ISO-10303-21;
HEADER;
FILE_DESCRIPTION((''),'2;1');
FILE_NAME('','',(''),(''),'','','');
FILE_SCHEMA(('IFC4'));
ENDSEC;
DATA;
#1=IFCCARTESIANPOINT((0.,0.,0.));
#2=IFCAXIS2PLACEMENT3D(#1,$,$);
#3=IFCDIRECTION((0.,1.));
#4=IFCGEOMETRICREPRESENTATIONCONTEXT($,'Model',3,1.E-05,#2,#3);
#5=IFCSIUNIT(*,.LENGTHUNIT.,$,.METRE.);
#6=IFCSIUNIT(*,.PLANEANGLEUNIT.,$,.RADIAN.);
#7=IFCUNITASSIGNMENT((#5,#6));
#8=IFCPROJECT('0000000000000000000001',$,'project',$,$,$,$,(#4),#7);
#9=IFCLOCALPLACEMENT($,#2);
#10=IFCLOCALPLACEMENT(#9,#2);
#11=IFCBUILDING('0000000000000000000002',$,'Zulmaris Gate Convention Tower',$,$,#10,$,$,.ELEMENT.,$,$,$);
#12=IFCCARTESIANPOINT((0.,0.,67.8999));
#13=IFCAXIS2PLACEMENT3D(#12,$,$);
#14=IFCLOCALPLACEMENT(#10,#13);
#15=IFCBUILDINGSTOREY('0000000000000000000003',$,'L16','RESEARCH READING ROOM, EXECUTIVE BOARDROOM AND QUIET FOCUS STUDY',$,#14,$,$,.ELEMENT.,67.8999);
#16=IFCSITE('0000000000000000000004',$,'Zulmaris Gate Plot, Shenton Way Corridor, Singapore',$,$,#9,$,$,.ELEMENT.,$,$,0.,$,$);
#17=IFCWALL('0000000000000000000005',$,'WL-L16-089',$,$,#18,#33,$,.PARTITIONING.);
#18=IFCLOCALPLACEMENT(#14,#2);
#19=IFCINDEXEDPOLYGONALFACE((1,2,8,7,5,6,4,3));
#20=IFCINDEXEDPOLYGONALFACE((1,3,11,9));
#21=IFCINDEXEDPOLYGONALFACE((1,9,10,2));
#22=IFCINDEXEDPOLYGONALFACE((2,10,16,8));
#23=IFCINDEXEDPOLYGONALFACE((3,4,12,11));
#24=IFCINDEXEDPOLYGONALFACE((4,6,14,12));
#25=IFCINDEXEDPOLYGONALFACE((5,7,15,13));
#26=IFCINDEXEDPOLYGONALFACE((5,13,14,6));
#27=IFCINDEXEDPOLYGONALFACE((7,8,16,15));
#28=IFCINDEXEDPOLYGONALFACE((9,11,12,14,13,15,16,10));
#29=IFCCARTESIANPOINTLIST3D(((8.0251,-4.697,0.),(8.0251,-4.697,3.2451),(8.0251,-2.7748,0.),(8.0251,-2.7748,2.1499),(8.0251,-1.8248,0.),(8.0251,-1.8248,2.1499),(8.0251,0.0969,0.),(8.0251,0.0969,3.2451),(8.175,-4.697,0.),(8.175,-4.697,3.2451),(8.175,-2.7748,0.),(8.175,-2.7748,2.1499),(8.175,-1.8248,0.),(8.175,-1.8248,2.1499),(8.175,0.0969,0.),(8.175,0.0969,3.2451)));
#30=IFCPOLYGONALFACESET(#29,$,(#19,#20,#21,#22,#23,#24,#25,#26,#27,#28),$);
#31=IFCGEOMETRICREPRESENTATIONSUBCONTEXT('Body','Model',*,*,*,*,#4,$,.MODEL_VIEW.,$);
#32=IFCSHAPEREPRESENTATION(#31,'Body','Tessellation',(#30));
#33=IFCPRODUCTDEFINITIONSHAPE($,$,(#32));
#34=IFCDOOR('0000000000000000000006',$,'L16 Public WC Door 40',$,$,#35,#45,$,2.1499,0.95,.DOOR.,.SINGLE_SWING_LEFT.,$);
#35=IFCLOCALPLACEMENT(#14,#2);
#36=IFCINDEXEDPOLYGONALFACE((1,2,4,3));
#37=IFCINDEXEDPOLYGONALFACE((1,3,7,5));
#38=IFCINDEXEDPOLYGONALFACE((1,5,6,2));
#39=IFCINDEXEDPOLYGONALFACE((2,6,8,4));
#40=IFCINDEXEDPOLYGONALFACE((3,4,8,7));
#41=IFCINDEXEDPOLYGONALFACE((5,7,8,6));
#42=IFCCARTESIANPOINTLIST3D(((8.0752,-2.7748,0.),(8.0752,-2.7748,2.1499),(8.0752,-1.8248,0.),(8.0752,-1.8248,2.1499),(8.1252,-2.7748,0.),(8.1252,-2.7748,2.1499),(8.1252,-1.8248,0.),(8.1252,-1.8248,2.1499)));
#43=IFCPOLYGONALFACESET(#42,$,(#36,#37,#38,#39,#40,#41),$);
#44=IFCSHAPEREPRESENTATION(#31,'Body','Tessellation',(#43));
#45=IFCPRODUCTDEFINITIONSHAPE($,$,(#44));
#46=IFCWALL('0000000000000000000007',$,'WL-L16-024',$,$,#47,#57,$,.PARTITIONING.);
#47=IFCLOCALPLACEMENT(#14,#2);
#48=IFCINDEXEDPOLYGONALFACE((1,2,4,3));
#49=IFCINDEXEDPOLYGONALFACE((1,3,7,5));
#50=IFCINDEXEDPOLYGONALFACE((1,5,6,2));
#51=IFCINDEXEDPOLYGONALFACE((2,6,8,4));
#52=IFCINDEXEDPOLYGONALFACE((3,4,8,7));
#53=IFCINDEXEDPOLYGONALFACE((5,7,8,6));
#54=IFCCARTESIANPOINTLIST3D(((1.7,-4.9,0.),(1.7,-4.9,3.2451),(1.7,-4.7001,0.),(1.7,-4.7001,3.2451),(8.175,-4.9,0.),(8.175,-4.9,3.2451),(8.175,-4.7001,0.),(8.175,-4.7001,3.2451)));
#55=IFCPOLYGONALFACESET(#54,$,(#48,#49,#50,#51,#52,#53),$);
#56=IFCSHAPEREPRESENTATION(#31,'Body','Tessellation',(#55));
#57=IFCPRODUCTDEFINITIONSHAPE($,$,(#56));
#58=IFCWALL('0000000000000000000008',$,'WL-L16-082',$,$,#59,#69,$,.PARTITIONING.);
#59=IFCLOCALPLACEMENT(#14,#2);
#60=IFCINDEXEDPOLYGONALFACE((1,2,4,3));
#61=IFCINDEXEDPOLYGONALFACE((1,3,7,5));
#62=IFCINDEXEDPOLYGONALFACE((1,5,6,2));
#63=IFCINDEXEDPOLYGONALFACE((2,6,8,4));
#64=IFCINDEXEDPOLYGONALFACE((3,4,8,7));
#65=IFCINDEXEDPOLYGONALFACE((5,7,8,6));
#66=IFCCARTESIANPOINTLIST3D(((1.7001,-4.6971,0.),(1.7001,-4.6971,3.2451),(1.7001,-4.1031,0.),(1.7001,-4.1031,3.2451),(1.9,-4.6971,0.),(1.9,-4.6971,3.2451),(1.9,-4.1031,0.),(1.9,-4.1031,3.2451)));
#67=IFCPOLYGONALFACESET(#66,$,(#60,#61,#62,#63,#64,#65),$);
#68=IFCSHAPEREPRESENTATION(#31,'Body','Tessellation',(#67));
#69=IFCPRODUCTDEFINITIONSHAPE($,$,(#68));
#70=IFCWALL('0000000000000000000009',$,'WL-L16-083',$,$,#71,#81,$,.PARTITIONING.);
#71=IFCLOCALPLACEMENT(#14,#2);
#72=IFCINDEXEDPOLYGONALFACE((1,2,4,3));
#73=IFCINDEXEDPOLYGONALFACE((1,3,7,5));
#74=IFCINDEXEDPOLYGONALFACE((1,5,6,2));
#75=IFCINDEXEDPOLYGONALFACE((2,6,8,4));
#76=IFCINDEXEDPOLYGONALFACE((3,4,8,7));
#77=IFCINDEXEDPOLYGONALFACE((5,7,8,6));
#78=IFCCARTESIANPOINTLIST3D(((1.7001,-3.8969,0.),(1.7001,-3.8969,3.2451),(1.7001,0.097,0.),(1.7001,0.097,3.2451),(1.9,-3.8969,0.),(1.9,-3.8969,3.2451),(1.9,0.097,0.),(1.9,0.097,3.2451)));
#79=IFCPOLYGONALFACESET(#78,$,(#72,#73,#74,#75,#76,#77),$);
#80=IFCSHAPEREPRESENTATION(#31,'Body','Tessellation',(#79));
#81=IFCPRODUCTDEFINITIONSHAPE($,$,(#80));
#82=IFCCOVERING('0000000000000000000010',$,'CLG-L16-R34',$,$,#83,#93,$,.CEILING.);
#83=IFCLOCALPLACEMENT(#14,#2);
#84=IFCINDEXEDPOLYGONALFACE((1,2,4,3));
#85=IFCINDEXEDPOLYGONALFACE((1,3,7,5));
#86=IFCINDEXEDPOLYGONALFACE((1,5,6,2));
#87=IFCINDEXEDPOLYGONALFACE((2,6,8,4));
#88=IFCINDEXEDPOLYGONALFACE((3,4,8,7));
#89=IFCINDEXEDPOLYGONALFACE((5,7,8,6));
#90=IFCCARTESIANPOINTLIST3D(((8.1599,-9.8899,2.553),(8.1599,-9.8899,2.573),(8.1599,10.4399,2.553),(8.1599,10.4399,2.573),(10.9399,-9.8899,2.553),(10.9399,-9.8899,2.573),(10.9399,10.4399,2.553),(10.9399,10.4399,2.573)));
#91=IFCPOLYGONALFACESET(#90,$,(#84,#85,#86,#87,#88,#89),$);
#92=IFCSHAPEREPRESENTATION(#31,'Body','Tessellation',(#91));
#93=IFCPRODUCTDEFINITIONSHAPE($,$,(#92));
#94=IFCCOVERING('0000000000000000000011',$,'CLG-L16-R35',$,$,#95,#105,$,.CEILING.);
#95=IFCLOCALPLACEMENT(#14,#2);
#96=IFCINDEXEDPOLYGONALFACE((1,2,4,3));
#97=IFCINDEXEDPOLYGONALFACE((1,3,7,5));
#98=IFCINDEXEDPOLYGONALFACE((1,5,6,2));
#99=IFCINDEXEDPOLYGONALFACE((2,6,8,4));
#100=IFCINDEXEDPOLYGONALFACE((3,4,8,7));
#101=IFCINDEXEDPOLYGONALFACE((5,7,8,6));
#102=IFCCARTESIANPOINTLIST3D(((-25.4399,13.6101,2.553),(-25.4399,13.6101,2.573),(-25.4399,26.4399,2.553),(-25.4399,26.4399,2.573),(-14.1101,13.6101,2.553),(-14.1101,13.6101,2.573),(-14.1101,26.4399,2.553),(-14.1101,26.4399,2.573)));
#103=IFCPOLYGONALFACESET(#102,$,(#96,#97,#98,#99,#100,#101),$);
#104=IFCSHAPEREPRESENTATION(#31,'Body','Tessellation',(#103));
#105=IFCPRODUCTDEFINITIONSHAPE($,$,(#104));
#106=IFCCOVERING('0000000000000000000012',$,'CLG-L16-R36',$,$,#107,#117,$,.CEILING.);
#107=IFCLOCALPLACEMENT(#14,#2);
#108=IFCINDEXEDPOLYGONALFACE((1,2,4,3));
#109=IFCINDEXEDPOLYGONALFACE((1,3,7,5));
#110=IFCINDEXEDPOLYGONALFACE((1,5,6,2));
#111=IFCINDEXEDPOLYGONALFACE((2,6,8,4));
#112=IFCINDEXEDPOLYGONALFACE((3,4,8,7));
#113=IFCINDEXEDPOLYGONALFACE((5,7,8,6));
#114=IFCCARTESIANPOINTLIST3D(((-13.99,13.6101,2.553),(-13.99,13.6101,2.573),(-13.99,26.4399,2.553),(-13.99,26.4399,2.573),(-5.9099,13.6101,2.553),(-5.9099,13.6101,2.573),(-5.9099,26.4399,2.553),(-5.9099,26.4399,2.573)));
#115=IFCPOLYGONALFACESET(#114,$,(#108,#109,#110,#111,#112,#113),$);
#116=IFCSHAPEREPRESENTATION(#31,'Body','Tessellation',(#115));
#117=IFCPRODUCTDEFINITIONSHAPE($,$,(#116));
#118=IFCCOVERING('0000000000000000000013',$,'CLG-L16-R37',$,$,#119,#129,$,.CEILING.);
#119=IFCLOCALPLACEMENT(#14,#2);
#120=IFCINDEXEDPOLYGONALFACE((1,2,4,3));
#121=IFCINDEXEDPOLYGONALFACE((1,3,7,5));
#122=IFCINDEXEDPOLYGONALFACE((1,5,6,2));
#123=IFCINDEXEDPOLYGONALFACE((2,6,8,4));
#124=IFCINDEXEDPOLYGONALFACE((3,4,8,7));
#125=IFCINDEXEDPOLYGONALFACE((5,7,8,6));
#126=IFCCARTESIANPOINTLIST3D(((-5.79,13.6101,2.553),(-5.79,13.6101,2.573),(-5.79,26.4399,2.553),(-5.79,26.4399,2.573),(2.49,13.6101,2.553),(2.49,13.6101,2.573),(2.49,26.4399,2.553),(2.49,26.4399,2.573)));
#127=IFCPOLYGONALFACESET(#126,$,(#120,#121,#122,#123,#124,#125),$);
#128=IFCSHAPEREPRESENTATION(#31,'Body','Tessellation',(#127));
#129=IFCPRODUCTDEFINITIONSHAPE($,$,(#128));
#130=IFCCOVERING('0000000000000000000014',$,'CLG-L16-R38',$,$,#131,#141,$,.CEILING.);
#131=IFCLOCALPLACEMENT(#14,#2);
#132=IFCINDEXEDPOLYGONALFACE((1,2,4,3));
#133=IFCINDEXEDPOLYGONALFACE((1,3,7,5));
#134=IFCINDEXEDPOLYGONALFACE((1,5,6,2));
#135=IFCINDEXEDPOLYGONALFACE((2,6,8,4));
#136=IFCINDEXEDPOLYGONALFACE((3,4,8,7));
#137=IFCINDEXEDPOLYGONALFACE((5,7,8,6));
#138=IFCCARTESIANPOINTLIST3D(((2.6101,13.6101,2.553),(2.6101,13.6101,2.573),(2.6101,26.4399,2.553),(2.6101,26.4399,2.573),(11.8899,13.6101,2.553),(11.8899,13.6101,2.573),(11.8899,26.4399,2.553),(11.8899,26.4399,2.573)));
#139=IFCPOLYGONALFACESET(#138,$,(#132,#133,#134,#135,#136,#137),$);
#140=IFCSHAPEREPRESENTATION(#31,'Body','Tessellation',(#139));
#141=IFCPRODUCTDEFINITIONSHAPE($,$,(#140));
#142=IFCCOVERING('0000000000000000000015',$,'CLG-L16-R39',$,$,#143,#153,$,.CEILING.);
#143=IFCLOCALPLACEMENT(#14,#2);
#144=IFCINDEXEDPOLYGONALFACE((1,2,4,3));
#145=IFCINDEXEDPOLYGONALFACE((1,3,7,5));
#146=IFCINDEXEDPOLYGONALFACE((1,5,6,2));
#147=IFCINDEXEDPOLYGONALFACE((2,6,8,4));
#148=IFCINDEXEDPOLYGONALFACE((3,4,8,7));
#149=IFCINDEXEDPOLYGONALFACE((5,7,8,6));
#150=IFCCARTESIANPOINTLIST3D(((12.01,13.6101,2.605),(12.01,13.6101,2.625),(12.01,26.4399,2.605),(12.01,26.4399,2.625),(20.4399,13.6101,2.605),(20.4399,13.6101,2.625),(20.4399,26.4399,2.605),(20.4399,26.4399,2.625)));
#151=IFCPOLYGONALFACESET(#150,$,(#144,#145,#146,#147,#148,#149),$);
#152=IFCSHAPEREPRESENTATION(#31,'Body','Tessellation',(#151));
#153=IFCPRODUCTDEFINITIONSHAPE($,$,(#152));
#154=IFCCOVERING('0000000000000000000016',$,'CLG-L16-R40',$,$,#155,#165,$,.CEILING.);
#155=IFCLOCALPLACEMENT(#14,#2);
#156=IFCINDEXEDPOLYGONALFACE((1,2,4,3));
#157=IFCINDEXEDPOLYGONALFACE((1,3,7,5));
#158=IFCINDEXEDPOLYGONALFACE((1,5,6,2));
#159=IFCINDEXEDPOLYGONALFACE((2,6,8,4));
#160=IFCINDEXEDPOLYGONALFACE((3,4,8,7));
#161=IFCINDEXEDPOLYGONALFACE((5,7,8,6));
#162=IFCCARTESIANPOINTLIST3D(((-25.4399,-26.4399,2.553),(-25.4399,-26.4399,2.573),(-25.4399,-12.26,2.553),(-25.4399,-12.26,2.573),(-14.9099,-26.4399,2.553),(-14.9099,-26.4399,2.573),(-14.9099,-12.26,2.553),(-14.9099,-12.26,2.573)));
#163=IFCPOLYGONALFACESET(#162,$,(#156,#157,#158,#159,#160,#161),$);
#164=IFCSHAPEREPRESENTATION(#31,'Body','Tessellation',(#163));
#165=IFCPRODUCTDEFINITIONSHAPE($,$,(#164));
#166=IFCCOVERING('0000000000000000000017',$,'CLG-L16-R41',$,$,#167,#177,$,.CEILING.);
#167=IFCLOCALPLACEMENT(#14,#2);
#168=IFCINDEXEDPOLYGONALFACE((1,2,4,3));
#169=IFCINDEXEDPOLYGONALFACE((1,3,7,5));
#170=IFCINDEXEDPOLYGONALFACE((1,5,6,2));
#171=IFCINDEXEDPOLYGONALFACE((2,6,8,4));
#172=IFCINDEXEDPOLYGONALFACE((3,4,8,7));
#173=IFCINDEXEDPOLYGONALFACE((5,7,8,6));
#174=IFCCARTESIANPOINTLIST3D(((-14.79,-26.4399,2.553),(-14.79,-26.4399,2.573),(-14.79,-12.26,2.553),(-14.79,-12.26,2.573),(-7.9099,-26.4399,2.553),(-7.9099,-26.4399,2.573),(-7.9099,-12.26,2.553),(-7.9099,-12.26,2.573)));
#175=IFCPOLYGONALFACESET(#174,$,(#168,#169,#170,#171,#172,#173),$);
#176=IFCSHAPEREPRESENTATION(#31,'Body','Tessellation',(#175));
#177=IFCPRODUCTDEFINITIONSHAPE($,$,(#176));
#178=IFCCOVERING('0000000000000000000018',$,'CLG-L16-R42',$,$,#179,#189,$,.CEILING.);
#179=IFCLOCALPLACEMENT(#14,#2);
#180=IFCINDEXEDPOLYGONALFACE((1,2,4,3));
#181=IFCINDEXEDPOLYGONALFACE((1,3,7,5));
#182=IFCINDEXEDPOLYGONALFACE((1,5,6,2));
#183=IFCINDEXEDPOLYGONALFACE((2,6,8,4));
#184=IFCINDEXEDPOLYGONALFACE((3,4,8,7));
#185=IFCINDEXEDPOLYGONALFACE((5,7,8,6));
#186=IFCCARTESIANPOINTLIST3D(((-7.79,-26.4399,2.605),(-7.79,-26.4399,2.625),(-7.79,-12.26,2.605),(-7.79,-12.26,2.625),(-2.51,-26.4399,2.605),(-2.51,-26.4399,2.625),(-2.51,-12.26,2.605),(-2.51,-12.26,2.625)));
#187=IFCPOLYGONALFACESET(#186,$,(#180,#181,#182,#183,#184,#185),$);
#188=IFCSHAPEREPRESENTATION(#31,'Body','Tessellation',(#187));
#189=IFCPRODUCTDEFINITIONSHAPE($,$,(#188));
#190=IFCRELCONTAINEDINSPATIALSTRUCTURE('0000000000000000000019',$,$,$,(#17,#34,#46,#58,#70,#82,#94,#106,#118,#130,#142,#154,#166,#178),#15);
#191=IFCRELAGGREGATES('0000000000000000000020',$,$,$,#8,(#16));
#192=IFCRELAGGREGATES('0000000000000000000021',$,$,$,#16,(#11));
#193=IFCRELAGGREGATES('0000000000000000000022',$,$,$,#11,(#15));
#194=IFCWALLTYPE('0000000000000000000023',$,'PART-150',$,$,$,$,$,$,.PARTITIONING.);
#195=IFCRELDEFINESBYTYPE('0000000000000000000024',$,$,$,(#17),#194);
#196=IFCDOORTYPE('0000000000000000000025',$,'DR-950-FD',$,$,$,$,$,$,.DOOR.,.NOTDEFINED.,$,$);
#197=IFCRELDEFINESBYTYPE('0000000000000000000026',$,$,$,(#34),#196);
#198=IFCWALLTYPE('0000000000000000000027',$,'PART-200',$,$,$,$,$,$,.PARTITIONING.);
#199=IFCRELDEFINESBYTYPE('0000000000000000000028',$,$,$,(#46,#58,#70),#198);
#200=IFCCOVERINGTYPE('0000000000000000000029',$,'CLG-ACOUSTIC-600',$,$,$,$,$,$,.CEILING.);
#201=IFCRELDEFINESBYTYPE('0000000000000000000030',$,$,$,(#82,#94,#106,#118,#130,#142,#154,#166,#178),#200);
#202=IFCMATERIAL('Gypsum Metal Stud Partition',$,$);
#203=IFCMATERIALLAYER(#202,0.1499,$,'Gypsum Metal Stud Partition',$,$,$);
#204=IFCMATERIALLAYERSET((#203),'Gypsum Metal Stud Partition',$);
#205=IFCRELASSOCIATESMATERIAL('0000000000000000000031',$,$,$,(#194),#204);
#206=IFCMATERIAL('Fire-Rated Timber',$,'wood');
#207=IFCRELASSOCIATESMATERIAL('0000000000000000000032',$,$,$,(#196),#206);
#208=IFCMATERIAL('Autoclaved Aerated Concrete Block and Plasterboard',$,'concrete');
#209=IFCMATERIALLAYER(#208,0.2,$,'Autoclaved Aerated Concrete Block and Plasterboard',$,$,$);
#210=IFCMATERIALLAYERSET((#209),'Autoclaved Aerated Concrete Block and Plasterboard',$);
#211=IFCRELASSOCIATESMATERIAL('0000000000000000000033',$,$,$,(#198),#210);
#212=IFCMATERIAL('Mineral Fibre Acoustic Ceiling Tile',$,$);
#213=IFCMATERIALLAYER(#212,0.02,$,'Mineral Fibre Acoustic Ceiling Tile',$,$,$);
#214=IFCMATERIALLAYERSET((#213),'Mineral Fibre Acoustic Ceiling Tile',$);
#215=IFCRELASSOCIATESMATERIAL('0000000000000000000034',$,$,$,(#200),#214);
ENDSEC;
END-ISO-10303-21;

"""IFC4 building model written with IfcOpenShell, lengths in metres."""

from ifc_helpers import new_model, si_unit, direction, frame, frame_2d, origin, place, context, subcontext, project, spatial, polyline, rectangle, outline, extrude, material, layer, layer_set, type_object, element, fill, save


model = new_model("IFC4")

# Units and contexts
model_context = context("Model", 3, precision=1e-05, world=origin(), true_north=direction((0.0, 1.0)))
body_context = subcontext(model_context, "Body", "Model", "MODEL_VIEW")
ifc_project = project(units=[si_unit("LENGTHUNIT", "METRE"), si_unit("PLANEANGLEUNIT", "RADIAN")], contexts=[model_context])

# Site, building, storey
site_placement = place(None, origin())
site = spatial("IfcSite", under=ifc_project, at=site_placement, Name="Zulmaris Gate Plot, Shenton Way Corridor, Singapore", CompositionType="ELEMENT", RefElevation=0.0)
building_placement = place(site_placement, origin())
building = spatial("IfcBuilding", under=site, at=building_placement, Name="Zulmaris Gate Convention Tower", CompositionType="ELEMENT")
storey_placement = place(building_placement, frame((0.0, 0.0, 67.8999)))
storey = spatial("IfcBuildingStorey", under=building, at=storey_placement, Name="L16", Description="RESEARCH READING ROOM, EXECUTIVE BOARDROOM AND QUIET FOCUS STUDY", CompositionType="ELEMENT", Elevation=67.8999)

# Wall, opening, door
ifc_material_1 = material(Name="Gypsum Metal Stud Partition")
ifc_layer_1 = layer(ifc_material_1, 0.1499, Name="Gypsum Metal Stud Partition")
ifc_layer_set_1 = layer_set([ifc_layer_1], Name="Gypsum Metal Stud Partition")
wall_type_1 = type_object("IfcWallType", Name="PART-150", PredefinedType="PARTITIONING", material=ifc_layer_set_1)
wall_1_placement = place(storey_placement, frame((8.1001, -4.697, 0.0), z_axis=(0.0, 0.0, 1.0), x_axis=(0.0, 1.0, 0.0)))
wall_1 = element("IfcWall", 1, at=wall_1_placement, inside=storey, type_object=wall_type_1, Name="WL-L16-089", PredefinedType="PARTITIONING", context=body_context, shape_type="SweptSolid", body=[
    extrude(rectangle(XDim=4.7939, YDim=0.1499, at=frame_2d((2.397, 0.0))), origin(), (0.0, 0.0, 1.0), 3.2451),
])
opening_placement = place(wall_1_placement, frame((1.9221, 0.0, 0.0)))
opening = element("IfcOpeningElement", 2, at=opening_placement, cuts=wall_1, PredefinedType="OPENING", context=body_context, shape_type="SweptSolid", body=[
    extrude(rectangle(XDim=0.95, YDim=2.1499, at=frame_2d((0.4751, 1.075))), frame((0.0, 0.085, 0.0), z_axis=(0.0, -1.0, 0.0), x_axis=(1.0, 0.0, 0.0)), (0.0, 0.0, 1.0), 0.1699),
])
ifc_material_2 = material(Name="Fire-Rated Timber", Category="wood")
door_type = type_object("IfcDoorType", Name="DR-950-FD", OperationType="NOTDEFINED", PredefinedType="DOOR", material=ifc_material_2)
door_placement = place(opening_placement, origin())
door = element("IfcDoor", 3, at=door_placement, inside=storey, type_object=door_type, Name="L16 Public WC Door 40", OperationType="SINGLE_SWING_LEFT", OverallHeight=2.1499, OverallWidth=0.95, PredefinedType="DOOR", context=body_context, shape_type="SweptSolid", body=[
    extrude(rectangle(XDim=0.95, YDim=2.1499, at=frame_2d((0.4751, 1.075))), frame((0.0, 0.0249, 0.0), z_axis=(0.0, -1.0, 0.0), x_axis=(1.0, 0.0, 0.0)), (0.0, 0.0, 1.0), 0.05),
])
fill(opening, door)

# Walls
ifc_material_3 = material(Name="Autoclaved Aerated Concrete Block and Plasterboard", Category="concrete")
ifc_layer_2 = layer(ifc_material_3, 0.2, Name="Autoclaved Aerated Concrete Block and Plasterboard")
ifc_layer_set_2 = layer_set([ifc_layer_2], Name="Autoclaved Aerated Concrete Block and Plasterboard")
wall_type_2 = type_object("IfcWallType", Name="PART-200", PredefinedType="PARTITIONING", material=ifc_layer_set_2)
wall_2_placement = place(storey_placement, frame((1.7, -4.8, 0.0), z_axis=(0.0, 0.0, 1.0), x_axis=(1.0, 0.0, 0.0)))
element("IfcWall", 4, at=wall_2_placement, inside=storey, type_object=wall_type_2, Name="WL-L16-024", PredefinedType="PARTITIONING", context=body_context, shape_type="SweptSolid", body=[
    extrude(rectangle(XDim=6.4751, YDim=0.2, at=frame_2d((3.2375, 0.0))), origin(), (0.0, 0.0, 1.0), 3.2451),
])
wall_3_placement = place(storey_placement, frame((1.8, -4.697, 0.0), z_axis=(0.0, 0.0, 1.0), x_axis=(0.0, 1.0, 0.0)))
element("IfcWall", 5, at=wall_3_placement, inside=storey, type_object=wall_type_2, Name="WL-L16-082", PredefinedType="PARTITIONING", context=body_context, shape_type="SweptSolid", body=[
    extrude(rectangle(XDim=0.594, YDim=0.2, at=frame_2d((0.2969, 0.0))), origin(), (0.0, 0.0, 1.0), 3.2451),
])
wall_4_placement = place(storey_placement, frame((1.8, -3.897, 0.0), z_axis=(0.0, 0.0, 1.0), x_axis=(0.0, 1.0, 0.0)))
element("IfcWall", 6, at=wall_4_placement, inside=storey, type_object=wall_type_2, Name="WL-L16-083", PredefinedType="PARTITIONING", context=body_context, shape_type="SweptSolid", body=[
    extrude(rectangle(XDim=3.9939, YDim=0.2, at=frame_2d((1.9971, 0.0))), origin(), (0.0, 0.0, 1.0), 3.2451),
])

# Coverings
ifc_material_4 = material(Name="Mineral Fibre Acoustic Ceiling Tile")
ifc_layer_3 = layer(ifc_material_4, 0.02, Name="Mineral Fibre Acoustic Ceiling Tile")
ifc_layer_set_3 = layer_set([ifc_layer_3], Name="Mineral Fibre Acoustic Ceiling Tile")
covering_type_1 = type_object("IfcCoveringType", Name="CLG-ACOUSTIC-600", PredefinedType="CEILING", material=ifc_layer_set_3)
covering_1_placement = place(storey_placement, frame((0.0, 0.0, 2.553)))
element("IfcCovering", 7, at=covering_1_placement, inside=storey, type_object=covering_type_1, Name="CLG-L16-R34", PredefinedType="CEILING", context=body_context, shape_type="SweptSolid", body=[
    extrude(outline(polyline([(8.1599, -9.8899), (10.9399, -9.8899), (10.9399, 10.4399), (8.1599, 10.4399), (8.1599, -9.8899)])), origin(), (0.0, 0.0, 1.0), 0.02),
])
covering_2_placement = place(storey_placement, frame((0.0, 0.0, 2.553)))
element("IfcCovering", 8, at=covering_2_placement, inside=storey, type_object=covering_type_1, Name="CLG-L16-R35", PredefinedType="CEILING", context=body_context, shape_type="SweptSolid", body=[
    extrude(outline(polyline([(-25.4399, 13.6101), (-14.1101, 13.6101), (-14.1101, 26.4399), (-25.4399, 26.4399), (-25.4399, 13.6101)])), origin(), (0.0, 0.0, 1.0), 0.02),
])
covering_3_placement = place(storey_placement, frame((0.0, 0.0, 2.553)))
element("IfcCovering", 9, at=covering_3_placement, inside=storey, type_object=covering_type_1, Name="CLG-L16-R36", PredefinedType="CEILING", context=body_context, shape_type="SweptSolid", body=[
    extrude(outline(polyline([(-13.99, 13.6101), (-5.9099, 13.6101), (-5.9099, 26.4399), (-13.99, 26.4399), (-13.99, 13.6101)])), origin(), (0.0, 0.0, 1.0), 0.02),
])
covering_4_placement = place(storey_placement, frame((0.0, 0.0, 2.553)))
element("IfcCovering", 10, at=covering_4_placement, inside=storey, type_object=covering_type_1, Name="CLG-L16-R37", PredefinedType="CEILING", context=body_context, shape_type="SweptSolid", body=[
    extrude(outline(polyline([(-5.79, 13.6101), (2.49, 13.6101), (2.49, 26.4399), (-5.79, 26.4399), (-5.79, 13.6101)])), origin(), (0.0, 0.0, 1.0), 0.02),
])
covering_5_placement = place(storey_placement, frame((0.0, 0.0, 2.553)))
element("IfcCovering", 11, at=covering_5_placement, inside=storey, type_object=covering_type_1, Name="CLG-L16-R38", PredefinedType="CEILING", context=body_context, shape_type="SweptSolid", body=[
    extrude(outline(polyline([(2.6101, 13.6101), (11.8899, 13.6101), (11.8899, 26.4399), (2.6101, 26.4399), (2.6101, 13.6101)])), origin(), (0.0, 0.0, 1.0), 0.02),
])
covering_6_placement = place(storey_placement, frame((0.0, 0.0, 2.605)))
element("IfcCovering", 12, at=covering_6_placement, inside=storey, type_object=covering_type_1, Name="CLG-L16-R39", PredefinedType="CEILING", context=body_context, shape_type="SweptSolid", body=[
    extrude(outline(polyline([(12.01, 13.6101), (20.4399, 13.6101), (20.4399, 26.4399), (12.01, 26.4399), (12.01, 13.6101)])), origin(), (0.0, 0.0, 1.0), 0.02),
])
covering_7_placement = place(storey_placement, frame((0.0, 0.0, 2.553)))
element("IfcCovering", 13, at=covering_7_placement, inside=storey, type_object=covering_type_1, Name="CLG-L16-R40", PredefinedType="CEILING", context=body_context, shape_type="SweptSolid", body=[
    extrude(outline(polyline([(-25.4399, -26.4399), (-14.9099, -26.4399), (-14.9099, -12.26), (-25.4399, -12.26), (-25.4399, -26.4399)])), origin(), (0.0, 0.0, 1.0), 0.02),
])
covering_8_placement = place(storey_placement, frame((0.0, 0.0, 2.553)))
element("IfcCovering", 14, at=covering_8_placement, inside=storey, type_object=covering_type_1, Name="CLG-L16-R41", PredefinedType="CEILING", context=body_context, shape_type="SweptSolid", body=[
    extrude(outline(polyline([(-14.79, -26.4399), (-7.9099, -26.4399), (-7.9099, -12.26), (-14.79, -12.26), (-14.79, -26.4399)])), origin(), (0.0, 0.0, 1.0), 0.02),
])
covering_9_placement = place(storey_placement, frame((0.0, 0.0, 2.605)))
element("IfcCovering", 15, at=covering_9_placement, inside=storey, type_object=covering_type_1, Name="CLG-L16-R42", PredefinedType="CEILING", context=body_context, shape_type="SweptSolid", body=[
    extrude(outline(polyline([(-7.79, -26.4399), (-2.51, -26.4399), (-2.51, -12.26), (-7.79, -12.26), (-7.79, -26.4399)])), origin(), (0.0, 0.0, 1.0), 0.02),
])

save(model, "model.ifc")
